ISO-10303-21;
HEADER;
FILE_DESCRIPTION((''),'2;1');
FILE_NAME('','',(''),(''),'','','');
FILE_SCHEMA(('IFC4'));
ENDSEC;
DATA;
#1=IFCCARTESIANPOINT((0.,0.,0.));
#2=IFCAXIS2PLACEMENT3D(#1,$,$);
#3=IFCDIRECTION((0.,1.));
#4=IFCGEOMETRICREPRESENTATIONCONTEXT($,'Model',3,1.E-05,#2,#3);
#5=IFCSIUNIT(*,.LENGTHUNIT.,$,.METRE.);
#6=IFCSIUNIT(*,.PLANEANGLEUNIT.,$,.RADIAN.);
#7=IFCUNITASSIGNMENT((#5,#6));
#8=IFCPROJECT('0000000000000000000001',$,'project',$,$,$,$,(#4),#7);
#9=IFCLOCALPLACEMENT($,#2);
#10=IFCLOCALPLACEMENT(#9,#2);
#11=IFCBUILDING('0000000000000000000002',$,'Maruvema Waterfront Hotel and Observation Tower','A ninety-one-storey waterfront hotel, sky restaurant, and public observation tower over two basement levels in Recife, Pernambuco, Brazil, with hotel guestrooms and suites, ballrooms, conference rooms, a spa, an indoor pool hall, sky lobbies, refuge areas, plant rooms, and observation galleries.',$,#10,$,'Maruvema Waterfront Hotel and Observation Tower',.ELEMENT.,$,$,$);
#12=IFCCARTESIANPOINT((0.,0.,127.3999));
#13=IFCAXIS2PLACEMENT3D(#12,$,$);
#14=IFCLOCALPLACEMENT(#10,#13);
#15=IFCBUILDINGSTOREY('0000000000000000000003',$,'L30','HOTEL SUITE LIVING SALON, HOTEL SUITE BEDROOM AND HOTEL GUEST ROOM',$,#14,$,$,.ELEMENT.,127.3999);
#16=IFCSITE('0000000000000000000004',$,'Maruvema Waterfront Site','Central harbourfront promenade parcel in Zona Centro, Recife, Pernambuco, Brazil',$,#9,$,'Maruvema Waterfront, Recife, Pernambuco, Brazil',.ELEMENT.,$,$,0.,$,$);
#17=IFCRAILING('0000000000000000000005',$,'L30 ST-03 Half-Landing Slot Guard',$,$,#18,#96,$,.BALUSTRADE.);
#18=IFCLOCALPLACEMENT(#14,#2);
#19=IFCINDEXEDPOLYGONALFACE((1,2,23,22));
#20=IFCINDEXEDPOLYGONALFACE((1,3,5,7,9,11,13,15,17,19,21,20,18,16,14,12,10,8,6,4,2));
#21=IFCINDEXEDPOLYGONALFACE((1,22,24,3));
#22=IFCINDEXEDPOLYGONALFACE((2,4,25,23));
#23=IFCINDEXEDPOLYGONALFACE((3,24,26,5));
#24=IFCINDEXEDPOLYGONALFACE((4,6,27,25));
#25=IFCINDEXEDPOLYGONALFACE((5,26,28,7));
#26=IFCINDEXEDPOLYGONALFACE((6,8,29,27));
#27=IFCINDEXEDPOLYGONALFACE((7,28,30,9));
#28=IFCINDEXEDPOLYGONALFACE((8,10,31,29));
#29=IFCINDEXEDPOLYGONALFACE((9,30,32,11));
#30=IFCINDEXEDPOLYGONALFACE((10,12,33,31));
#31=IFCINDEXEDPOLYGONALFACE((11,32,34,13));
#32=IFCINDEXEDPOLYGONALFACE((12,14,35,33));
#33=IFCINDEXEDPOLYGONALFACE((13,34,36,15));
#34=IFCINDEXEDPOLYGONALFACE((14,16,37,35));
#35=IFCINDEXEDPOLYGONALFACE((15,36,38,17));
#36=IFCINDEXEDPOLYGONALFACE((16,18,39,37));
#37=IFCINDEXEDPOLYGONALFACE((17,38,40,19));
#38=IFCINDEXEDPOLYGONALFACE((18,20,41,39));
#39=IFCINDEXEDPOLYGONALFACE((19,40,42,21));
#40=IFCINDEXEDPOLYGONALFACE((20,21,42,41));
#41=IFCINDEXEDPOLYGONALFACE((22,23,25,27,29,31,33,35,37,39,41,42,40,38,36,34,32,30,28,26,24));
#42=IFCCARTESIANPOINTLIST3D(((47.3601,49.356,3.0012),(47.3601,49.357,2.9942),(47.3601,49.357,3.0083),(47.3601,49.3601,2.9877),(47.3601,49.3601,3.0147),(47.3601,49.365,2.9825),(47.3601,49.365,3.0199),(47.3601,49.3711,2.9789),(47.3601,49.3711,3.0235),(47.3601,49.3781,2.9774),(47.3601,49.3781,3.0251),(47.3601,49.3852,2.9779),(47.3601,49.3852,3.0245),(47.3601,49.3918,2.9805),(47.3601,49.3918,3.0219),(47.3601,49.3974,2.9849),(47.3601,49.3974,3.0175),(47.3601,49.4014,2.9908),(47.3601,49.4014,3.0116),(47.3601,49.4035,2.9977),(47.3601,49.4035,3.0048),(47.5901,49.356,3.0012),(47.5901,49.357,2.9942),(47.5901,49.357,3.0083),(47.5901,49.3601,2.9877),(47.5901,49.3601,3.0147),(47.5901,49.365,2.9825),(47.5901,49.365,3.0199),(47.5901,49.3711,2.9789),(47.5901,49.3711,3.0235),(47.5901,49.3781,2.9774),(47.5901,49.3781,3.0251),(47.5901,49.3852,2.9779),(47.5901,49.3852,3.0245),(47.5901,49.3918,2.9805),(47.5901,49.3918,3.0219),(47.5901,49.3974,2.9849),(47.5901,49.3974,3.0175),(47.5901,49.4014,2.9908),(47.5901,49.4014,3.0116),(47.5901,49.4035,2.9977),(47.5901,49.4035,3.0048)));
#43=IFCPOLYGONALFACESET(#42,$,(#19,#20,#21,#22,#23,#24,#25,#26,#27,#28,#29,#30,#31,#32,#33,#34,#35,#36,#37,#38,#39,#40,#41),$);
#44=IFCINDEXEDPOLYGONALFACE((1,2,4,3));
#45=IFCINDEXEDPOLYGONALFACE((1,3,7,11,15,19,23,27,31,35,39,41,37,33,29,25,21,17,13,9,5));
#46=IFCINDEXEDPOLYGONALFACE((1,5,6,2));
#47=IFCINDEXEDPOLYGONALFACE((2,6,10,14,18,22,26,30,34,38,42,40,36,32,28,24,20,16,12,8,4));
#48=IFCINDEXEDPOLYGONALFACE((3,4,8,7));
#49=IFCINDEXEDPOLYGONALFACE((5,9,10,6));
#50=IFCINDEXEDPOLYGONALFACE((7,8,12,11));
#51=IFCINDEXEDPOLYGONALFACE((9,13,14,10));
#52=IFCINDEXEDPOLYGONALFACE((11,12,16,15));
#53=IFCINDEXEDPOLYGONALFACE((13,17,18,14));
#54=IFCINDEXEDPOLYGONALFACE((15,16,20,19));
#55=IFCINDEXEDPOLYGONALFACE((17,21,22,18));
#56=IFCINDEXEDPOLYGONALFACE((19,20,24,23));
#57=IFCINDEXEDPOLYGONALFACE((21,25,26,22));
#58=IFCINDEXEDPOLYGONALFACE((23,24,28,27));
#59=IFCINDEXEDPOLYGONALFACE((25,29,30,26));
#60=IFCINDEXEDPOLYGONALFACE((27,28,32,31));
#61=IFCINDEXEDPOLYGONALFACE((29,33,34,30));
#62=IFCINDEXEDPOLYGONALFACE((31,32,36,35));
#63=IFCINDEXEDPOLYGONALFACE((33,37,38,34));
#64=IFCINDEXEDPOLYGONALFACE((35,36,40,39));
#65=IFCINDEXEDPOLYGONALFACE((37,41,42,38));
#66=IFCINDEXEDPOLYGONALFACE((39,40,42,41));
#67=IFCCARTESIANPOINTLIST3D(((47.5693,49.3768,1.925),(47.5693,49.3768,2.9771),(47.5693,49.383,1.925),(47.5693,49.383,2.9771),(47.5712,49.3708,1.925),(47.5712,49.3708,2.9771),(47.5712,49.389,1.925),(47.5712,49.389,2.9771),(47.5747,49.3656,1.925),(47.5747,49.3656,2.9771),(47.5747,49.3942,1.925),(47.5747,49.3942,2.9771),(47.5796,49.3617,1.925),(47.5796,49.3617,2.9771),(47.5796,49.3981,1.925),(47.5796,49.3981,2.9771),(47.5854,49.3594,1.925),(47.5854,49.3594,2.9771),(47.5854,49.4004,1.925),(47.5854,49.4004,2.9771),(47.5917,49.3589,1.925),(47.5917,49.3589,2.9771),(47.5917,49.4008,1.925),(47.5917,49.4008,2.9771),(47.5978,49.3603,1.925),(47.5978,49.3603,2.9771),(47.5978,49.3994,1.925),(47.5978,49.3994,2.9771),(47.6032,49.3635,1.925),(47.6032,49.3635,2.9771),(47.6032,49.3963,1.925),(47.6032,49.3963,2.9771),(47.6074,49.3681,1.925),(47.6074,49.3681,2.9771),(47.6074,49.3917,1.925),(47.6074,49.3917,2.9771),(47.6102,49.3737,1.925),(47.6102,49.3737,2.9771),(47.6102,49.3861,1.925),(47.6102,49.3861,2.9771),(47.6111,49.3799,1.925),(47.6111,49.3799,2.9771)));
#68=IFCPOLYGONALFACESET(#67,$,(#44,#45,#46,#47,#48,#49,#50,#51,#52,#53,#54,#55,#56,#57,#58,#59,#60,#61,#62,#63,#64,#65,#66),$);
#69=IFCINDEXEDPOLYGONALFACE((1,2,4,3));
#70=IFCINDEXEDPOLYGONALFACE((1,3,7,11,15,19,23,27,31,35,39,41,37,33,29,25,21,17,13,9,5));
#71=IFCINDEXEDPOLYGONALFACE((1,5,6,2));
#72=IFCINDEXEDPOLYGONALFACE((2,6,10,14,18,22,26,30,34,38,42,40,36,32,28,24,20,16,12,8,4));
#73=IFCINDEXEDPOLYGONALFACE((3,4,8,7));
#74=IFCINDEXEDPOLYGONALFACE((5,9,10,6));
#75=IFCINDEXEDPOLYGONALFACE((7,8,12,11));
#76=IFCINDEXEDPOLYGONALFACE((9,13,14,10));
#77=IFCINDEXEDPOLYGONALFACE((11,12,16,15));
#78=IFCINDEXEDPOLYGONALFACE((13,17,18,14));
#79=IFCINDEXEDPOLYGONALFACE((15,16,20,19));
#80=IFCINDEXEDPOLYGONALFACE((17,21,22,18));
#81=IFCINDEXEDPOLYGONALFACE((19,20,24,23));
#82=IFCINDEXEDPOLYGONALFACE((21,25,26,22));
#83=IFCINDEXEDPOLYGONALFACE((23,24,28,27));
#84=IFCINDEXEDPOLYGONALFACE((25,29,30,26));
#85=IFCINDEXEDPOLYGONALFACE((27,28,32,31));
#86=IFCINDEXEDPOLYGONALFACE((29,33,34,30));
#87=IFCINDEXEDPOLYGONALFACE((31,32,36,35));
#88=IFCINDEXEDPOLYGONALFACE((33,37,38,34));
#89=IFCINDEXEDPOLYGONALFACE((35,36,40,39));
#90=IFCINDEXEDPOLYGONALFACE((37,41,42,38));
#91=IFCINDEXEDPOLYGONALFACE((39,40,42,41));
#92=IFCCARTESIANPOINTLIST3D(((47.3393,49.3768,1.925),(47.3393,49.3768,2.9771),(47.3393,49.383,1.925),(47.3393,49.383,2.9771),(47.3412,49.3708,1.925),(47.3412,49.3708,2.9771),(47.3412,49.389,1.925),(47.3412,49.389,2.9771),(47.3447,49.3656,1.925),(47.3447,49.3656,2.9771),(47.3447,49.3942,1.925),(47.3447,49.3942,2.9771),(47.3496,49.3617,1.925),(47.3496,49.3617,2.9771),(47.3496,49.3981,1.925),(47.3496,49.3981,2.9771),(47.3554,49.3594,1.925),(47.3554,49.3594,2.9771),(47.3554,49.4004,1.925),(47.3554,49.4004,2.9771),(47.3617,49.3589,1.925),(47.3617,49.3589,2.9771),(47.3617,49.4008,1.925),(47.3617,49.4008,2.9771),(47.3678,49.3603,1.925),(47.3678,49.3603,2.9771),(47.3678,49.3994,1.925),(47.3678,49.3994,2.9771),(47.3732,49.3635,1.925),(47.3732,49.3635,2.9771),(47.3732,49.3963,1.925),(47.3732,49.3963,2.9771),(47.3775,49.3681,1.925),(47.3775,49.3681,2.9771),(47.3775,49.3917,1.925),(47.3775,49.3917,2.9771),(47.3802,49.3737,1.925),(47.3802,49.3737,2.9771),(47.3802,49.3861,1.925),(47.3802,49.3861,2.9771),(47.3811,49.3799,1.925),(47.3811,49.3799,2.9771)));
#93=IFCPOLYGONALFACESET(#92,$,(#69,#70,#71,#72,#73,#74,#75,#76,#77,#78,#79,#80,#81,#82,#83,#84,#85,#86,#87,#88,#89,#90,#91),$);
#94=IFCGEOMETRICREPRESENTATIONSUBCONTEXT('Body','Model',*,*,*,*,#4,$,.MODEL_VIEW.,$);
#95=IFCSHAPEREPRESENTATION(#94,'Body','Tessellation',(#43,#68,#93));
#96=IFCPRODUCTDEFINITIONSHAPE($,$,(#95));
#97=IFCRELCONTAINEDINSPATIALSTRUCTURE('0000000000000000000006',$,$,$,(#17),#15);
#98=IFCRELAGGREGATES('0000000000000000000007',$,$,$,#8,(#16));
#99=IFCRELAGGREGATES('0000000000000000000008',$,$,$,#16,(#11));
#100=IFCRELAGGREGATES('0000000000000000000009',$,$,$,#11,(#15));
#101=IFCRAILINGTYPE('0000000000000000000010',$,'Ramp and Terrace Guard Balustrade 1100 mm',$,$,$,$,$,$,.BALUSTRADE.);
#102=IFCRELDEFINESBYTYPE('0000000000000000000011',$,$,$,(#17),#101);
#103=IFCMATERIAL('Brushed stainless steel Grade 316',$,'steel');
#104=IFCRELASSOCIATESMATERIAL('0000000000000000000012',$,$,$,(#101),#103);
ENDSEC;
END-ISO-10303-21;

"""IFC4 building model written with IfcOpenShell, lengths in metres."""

from ifc_helpers import new_model, si_unit, direction, frame, origin, origin_2d, place, context, subcontext, project, spatial, circle, extrude, material, type_object, element, save


model = new_model("IFC4")

# Units and contexts
model_context = context("Model", 3, precision=1e-05, world=origin(), true_north=direction((0.0, 1.0)))
body_context = subcontext(model_context, "Body", "Model", "MODEL_VIEW")
ifc_project = project(units=[si_unit("LENGTHUNIT", "METRE"), si_unit("PLANEANGLEUNIT", "RADIAN")], contexts=[model_context])

# Site, building, storey
site_placement = place(None, origin())
site = spatial("IfcSite", under=ifc_project, at=site_placement, Name="Maruvema Waterfront Site", Description="Central harbourfront promenade parcel in Zona Centro, Recife, Pernambuco, Brazil", LongName="Maruvema Waterfront, Recife, Pernambuco, Brazil", CompositionType="ELEMENT", RefElevation=0.0)
building_placement = place(site_placement, origin())
building = spatial("IfcBuilding", under=site, at=building_placement, Name="Maruvema Waterfront Hotel and Observation Tower", Description="A ninety-one-storey waterfront hotel, sky restaurant, and public observation tower over two basement levels in Recife, Pernambuco, Brazil, with hotel guestrooms and suites, ballrooms, conference rooms, a spa, an indoor pool hall, sky lobbies, refuge areas, plant rooms, and observation galleries.", LongName="Maruvema Waterfront Hotel and Observation Tower", CompositionType="ELEMENT")
storey_placement = place(building_placement, frame((0.0, 0.0, 127.3999)))
storey = spatial("IfcBuildingStorey", under=building, at=storey_placement, Name="L30", Description="HOTEL SUITE LIVING SALON, HOTEL SUITE BEDROOM AND HOTEL GUEST ROOM", CompositionType="ELEMENT", Elevation=127.3999)

# Railing
ifc_material_1 = material(Name="Brushed stainless steel Grade 316", Category="steel")
railing_type_1 = type_object("IfcRailingType", Name="Ramp and Terrace Guard Balustrade 1100 mm", PredefinedType="BALUSTRADE", material=ifc_material_1)
railing_1_placement = place(storey_placement, frame((47.5901, 49.3799, 1.925)))
element("IfcRailing", 1, at=railing_1_placement, inside=storey, type_object=railing_type_1, Name="L30 ST-03 Half-Landing Slot Guard", PredefinedType="BALUSTRADE", context=body_context, shape_type="SweptSolid", body=[
    extrude(circle(Radius=0.0239, at=origin_2d()), frame((0.0, 0.0, 1.0762), z_axis=(-1.0, 0.0, 0.0), x_axis=(0.0, -1.0, 0.0)), (0.0, 0.0, 1.0), 0.23),
    extrude(circle(Radius=0.021, at=origin_2d()), origin(), (0.0, 0.0, 1.0), 1.052),
    extrude(circle(Radius=0.021, at=origin_2d()), frame((-0.23, 0.0, 0.0)), (0.0, 0.0, 1.0), 1.052),
])

save(model, "model.ifc")
